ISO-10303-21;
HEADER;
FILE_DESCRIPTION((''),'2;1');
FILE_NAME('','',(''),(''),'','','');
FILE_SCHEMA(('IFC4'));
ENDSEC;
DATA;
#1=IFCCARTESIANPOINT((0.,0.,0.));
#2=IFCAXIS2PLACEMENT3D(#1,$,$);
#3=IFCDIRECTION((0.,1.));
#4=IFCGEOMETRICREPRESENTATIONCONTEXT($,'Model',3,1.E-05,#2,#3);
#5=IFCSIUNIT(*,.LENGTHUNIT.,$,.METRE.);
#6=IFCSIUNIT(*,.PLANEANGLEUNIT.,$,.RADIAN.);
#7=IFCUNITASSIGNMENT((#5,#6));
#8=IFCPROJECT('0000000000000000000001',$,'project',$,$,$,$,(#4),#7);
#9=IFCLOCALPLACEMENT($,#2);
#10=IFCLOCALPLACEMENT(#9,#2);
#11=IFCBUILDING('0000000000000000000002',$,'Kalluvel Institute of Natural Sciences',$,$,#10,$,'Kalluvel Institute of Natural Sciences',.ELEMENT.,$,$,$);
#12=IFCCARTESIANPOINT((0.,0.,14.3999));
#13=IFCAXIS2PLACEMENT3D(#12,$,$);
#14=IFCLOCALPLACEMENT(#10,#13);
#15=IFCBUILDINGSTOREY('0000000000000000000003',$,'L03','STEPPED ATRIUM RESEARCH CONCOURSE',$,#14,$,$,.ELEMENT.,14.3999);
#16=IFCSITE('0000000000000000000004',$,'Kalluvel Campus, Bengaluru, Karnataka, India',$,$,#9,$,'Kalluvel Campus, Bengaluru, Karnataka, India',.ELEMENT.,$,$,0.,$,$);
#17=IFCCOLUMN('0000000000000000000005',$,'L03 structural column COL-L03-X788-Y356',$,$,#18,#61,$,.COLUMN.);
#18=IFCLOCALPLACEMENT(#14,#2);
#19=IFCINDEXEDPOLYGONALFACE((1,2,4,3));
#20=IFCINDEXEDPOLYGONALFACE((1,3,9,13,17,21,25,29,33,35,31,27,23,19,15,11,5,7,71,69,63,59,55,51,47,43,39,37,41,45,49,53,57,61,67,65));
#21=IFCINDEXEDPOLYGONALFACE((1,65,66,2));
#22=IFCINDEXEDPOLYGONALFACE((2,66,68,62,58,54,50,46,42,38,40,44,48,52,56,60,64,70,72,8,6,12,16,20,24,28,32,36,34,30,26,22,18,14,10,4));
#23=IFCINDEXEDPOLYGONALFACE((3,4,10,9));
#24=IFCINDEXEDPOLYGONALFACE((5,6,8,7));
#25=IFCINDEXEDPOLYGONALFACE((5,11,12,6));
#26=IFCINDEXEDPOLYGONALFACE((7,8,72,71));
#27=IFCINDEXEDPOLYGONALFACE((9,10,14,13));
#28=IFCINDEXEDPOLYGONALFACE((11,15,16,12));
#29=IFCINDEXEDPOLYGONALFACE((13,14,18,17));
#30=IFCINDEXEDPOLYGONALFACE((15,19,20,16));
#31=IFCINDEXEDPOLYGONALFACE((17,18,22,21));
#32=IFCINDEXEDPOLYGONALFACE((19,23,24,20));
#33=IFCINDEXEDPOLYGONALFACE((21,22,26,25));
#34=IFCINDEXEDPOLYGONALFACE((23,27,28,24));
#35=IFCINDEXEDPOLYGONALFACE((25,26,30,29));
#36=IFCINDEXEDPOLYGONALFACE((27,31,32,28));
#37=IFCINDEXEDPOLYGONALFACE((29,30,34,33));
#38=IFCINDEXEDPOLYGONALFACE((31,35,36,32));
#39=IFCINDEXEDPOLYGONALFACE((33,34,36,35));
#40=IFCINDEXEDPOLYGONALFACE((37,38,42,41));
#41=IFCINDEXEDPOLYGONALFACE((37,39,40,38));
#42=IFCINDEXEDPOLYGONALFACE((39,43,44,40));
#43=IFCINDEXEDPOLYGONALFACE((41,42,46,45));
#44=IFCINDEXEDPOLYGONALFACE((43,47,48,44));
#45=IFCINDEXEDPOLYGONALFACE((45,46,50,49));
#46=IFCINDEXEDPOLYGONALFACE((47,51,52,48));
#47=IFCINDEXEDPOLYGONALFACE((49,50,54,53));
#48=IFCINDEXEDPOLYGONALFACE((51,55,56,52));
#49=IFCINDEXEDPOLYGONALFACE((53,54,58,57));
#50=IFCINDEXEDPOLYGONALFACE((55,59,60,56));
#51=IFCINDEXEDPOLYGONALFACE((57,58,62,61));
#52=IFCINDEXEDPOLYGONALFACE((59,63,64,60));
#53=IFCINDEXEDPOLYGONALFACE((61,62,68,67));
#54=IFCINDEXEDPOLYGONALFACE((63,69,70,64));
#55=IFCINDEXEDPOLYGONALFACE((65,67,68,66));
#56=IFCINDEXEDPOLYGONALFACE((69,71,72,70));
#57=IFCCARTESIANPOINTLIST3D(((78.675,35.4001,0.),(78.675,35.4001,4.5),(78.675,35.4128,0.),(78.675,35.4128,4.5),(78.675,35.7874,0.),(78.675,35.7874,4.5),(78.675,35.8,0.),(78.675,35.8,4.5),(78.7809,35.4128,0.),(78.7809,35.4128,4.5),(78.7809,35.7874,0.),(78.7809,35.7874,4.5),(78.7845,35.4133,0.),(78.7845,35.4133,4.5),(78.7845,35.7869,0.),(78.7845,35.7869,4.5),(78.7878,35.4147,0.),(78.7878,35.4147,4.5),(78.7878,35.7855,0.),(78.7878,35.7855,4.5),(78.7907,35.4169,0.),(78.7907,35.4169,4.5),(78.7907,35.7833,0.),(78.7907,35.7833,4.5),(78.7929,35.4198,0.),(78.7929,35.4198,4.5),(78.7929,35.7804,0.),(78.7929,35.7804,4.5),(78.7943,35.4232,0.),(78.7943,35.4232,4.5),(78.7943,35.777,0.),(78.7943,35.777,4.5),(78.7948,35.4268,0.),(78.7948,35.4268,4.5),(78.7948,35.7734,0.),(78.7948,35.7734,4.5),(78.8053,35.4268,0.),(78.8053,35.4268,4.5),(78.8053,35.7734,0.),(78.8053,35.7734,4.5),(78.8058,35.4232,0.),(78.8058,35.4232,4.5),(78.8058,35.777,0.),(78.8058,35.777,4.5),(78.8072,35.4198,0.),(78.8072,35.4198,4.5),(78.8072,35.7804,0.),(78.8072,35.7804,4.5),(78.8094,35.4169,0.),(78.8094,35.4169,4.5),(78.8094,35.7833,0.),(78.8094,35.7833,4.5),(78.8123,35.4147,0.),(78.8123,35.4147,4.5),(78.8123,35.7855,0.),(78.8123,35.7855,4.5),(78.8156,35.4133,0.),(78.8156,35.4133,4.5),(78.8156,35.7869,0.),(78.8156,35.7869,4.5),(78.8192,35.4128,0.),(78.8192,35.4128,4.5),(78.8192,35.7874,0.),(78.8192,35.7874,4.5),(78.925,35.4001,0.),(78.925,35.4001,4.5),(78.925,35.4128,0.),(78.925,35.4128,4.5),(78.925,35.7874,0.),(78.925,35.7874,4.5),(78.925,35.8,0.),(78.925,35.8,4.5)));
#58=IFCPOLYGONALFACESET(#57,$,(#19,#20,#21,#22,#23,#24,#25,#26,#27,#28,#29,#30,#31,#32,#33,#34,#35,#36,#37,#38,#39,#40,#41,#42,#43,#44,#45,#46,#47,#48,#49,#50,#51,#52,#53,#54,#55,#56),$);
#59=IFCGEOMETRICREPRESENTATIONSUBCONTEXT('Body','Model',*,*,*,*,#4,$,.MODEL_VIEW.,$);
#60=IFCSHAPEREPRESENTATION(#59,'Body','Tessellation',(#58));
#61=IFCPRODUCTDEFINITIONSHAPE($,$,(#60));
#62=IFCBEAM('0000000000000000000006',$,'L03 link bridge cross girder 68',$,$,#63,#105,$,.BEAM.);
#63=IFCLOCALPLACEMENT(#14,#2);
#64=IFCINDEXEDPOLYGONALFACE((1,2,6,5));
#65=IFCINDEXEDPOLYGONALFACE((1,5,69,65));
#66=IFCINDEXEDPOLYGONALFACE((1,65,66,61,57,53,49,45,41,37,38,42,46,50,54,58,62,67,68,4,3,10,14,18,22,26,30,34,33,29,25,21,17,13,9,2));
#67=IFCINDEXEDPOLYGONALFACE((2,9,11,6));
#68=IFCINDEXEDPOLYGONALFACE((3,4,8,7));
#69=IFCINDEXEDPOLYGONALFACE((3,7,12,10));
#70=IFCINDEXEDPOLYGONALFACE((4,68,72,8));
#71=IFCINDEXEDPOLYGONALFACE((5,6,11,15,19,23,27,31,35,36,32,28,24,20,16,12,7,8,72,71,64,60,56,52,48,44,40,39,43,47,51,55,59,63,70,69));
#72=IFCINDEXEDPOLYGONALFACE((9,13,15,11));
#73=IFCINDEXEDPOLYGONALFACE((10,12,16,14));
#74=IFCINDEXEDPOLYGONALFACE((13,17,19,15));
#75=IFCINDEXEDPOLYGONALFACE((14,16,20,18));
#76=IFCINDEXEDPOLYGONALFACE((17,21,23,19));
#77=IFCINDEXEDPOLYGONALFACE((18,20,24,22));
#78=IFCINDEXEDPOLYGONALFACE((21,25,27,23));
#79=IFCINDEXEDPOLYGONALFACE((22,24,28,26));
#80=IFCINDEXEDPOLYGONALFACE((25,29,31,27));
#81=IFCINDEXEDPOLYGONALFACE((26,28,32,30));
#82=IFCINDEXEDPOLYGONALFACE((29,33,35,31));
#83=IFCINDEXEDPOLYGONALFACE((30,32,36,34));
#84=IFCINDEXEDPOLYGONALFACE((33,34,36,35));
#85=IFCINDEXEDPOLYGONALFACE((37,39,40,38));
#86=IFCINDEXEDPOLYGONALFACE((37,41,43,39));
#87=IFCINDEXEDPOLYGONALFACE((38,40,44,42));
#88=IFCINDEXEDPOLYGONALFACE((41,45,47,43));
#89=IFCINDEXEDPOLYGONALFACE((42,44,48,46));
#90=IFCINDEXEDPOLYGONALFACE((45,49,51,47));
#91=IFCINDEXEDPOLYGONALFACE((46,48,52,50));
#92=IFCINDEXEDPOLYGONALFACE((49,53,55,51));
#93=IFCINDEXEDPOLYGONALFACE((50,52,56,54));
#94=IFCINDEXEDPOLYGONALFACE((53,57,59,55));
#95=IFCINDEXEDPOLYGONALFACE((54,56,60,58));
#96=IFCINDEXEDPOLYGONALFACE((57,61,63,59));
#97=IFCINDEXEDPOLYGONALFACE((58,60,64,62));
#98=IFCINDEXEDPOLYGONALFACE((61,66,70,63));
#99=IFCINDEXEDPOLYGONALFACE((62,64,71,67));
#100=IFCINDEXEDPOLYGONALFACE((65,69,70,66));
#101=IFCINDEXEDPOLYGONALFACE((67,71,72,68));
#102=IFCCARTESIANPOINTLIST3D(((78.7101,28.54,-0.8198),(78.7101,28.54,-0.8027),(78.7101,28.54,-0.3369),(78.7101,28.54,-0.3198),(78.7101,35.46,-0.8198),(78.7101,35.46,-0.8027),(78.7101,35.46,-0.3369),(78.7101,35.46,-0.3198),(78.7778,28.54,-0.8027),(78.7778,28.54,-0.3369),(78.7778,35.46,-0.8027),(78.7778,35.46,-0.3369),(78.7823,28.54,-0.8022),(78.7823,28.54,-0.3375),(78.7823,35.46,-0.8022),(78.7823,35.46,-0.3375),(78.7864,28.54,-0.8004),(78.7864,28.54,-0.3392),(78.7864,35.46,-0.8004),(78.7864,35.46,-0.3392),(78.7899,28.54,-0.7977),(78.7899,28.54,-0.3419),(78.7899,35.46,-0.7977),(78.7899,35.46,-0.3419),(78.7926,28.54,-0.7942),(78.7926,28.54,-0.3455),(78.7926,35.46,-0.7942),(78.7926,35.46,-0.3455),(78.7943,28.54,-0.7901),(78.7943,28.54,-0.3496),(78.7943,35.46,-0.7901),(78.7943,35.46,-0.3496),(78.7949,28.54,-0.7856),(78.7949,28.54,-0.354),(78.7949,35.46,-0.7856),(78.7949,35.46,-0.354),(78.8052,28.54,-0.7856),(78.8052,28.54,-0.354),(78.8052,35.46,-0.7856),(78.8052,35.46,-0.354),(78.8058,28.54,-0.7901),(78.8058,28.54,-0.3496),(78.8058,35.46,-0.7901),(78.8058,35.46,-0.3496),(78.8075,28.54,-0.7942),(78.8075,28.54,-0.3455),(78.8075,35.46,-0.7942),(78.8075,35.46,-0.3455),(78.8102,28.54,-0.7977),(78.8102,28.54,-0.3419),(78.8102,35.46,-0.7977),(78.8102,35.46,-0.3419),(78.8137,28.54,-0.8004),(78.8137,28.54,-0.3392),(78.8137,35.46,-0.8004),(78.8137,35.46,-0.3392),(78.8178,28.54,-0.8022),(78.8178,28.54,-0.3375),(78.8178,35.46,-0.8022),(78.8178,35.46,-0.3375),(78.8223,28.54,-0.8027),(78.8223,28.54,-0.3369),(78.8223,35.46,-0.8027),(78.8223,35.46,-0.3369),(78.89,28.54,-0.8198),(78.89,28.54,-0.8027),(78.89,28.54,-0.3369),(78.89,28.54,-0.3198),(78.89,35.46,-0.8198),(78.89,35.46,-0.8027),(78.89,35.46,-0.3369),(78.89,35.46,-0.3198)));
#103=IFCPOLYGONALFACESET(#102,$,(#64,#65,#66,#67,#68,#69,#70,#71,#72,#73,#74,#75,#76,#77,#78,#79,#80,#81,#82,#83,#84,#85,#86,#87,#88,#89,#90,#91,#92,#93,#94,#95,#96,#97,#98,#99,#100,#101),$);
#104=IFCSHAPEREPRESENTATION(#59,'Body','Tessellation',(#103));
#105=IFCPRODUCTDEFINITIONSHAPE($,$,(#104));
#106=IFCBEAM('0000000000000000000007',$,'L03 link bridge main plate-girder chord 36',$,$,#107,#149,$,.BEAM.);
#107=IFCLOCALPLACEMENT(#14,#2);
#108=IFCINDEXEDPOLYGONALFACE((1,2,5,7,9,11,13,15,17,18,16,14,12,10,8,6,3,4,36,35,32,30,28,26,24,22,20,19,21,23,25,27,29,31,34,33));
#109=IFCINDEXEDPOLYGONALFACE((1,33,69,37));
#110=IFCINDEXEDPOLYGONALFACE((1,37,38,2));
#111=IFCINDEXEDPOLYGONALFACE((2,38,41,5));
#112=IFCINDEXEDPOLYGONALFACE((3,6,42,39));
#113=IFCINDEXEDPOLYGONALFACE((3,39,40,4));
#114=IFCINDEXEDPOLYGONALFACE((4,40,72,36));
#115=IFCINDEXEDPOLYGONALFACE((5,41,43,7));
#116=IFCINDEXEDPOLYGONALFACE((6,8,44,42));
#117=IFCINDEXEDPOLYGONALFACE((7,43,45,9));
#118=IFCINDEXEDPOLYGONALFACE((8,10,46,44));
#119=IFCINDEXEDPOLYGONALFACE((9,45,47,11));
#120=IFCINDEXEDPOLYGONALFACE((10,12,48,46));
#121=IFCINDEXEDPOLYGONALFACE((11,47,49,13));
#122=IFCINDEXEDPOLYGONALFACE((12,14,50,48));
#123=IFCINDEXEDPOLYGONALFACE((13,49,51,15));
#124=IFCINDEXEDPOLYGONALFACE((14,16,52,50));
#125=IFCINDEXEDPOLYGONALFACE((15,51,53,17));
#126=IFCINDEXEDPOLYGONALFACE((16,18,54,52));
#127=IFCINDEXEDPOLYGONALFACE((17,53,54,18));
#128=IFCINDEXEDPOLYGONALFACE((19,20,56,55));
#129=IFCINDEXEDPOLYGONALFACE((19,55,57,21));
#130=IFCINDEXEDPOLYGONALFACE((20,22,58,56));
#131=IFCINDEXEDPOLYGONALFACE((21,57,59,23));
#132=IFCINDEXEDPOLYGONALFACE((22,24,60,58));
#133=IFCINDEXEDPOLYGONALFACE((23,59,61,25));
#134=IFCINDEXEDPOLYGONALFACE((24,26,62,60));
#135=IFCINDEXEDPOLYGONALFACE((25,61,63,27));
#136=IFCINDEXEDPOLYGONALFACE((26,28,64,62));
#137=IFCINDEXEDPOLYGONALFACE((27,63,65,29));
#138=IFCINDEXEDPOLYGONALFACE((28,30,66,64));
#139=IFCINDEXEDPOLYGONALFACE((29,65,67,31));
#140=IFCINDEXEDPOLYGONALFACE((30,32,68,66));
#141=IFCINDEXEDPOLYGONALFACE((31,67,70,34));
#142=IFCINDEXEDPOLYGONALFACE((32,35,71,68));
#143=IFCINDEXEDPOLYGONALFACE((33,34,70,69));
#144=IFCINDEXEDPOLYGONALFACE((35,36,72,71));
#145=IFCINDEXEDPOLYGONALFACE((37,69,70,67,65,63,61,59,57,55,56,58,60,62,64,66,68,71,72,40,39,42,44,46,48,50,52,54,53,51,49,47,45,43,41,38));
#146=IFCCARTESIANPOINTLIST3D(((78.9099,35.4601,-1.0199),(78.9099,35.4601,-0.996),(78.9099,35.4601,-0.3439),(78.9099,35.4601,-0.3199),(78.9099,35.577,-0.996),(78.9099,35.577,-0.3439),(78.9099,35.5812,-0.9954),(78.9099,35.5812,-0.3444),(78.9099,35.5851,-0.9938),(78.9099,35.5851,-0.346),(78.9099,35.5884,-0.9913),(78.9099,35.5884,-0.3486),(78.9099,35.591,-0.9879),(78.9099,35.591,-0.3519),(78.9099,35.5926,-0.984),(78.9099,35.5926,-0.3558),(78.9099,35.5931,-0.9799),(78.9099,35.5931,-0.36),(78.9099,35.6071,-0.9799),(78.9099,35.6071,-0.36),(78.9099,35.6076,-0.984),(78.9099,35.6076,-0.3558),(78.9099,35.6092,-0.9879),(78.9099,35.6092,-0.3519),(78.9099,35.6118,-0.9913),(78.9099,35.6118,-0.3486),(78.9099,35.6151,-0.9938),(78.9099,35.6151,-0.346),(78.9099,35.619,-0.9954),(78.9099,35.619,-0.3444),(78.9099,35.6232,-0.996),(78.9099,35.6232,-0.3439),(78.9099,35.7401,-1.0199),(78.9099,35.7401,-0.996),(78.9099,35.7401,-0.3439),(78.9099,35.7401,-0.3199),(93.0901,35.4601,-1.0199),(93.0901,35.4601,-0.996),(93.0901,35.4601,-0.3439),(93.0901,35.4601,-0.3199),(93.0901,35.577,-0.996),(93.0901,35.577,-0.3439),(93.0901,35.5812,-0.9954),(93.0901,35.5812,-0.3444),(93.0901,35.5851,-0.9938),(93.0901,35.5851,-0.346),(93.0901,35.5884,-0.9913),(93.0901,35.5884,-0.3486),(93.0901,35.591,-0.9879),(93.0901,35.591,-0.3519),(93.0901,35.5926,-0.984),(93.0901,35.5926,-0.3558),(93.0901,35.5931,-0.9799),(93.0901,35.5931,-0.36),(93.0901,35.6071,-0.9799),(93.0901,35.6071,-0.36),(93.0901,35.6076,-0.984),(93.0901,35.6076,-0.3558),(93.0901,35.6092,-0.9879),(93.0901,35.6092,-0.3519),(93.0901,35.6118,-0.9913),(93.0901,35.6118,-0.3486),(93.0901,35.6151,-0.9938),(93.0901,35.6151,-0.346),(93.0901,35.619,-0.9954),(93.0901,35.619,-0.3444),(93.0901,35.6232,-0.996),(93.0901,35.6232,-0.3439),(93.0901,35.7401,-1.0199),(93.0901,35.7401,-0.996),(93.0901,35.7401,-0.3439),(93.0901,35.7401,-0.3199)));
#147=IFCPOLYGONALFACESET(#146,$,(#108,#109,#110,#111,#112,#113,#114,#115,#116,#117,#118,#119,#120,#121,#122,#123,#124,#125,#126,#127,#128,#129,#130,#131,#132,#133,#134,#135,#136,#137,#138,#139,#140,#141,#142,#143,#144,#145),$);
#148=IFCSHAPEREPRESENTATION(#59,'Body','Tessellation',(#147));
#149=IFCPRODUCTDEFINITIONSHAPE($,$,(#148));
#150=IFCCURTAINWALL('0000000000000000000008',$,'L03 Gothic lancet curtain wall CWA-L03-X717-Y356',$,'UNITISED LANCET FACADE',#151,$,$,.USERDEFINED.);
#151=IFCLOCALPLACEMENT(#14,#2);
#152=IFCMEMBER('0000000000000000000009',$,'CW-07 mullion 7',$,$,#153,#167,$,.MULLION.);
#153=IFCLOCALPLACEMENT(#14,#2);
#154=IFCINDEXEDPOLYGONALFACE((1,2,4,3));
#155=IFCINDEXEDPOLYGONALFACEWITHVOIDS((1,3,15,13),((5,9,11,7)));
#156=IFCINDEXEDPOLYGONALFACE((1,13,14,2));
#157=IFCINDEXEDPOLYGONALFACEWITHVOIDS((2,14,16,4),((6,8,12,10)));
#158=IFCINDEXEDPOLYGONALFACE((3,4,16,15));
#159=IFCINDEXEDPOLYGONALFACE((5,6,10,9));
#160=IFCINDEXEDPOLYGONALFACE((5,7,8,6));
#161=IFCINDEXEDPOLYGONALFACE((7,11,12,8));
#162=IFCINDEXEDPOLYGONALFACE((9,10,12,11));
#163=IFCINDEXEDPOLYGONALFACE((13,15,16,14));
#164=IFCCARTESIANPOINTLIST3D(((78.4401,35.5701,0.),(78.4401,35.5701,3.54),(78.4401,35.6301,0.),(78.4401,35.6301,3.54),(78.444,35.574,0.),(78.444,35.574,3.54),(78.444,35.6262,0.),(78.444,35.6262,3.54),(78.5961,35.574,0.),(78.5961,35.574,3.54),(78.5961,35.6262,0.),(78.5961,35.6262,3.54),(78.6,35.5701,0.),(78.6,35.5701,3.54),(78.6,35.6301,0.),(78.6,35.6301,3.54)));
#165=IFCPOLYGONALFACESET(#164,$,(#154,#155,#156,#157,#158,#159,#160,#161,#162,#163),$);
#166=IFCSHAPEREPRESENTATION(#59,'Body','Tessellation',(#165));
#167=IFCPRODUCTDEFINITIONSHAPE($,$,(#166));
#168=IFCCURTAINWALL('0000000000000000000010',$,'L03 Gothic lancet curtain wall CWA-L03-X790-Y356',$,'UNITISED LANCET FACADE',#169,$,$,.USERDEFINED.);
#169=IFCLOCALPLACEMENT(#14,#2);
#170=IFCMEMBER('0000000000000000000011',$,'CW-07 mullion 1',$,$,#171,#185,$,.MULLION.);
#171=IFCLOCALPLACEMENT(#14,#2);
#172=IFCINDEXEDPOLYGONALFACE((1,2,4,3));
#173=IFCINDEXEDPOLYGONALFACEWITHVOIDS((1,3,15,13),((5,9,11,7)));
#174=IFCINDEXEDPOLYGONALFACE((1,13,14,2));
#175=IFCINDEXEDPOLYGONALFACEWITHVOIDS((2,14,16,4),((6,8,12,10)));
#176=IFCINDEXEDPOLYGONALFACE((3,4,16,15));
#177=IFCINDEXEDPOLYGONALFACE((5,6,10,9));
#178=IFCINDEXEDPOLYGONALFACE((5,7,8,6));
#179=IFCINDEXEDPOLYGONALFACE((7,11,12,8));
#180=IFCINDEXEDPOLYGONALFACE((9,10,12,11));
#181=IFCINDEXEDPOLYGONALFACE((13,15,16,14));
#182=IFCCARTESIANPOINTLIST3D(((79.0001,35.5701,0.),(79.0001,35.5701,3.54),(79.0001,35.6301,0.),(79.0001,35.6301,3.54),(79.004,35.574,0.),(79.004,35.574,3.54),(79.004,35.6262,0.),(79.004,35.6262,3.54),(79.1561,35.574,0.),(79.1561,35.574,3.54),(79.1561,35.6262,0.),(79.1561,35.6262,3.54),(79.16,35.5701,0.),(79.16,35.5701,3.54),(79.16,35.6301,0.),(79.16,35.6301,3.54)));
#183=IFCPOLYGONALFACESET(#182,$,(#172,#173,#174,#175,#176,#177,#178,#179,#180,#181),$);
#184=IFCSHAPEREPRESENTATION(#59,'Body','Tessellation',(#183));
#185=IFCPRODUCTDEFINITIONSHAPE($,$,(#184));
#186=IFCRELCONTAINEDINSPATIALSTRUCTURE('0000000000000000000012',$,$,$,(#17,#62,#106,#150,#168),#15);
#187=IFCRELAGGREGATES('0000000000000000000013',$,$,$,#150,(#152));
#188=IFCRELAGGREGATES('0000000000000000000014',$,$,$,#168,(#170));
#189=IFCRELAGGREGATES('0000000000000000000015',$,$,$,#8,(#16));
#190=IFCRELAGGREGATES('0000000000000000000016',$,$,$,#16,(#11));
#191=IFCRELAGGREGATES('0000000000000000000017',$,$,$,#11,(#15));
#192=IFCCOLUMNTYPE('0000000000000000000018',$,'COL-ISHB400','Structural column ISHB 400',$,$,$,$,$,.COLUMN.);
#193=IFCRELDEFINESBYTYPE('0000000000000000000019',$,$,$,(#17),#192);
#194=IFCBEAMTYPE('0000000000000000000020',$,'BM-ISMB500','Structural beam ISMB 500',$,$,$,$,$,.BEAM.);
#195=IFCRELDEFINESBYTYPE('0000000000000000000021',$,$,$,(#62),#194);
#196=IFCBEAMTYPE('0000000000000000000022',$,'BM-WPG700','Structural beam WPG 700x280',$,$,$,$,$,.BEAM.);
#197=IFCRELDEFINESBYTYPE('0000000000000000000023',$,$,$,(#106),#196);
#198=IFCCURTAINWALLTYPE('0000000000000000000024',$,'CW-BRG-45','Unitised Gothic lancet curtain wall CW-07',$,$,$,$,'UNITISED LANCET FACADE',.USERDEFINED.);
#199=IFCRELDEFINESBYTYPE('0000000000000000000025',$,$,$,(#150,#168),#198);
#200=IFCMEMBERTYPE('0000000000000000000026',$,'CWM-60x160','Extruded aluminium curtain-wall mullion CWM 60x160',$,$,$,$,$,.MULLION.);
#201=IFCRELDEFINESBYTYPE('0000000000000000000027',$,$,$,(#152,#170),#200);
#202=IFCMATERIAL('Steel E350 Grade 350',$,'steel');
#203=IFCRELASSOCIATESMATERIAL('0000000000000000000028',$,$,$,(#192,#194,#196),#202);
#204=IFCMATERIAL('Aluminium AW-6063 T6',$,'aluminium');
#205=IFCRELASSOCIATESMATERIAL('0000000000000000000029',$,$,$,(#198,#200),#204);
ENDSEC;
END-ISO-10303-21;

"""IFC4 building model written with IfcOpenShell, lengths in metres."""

from ifc_helpers import new_model, si_unit, direction, frame, origin, origin_2d, place, context, subcontext, project, spatial, hollow_rectangle, i_section, extrude, material, material_profile, profile_set, type_object, element, aggregate, save


model = new_model("IFC4")

# Units and contexts
model_context = context("Model", 3, precision=1e-05, world=origin(), true_north=direction((0.0, 1.0)))
body_context = subcontext(model_context, "Body", "Model", "MODEL_VIEW")
ifc_project = project(units=[si_unit("LENGTHUNIT", "METRE"), si_unit("PLANEANGLEUNIT", "RADIAN")], contexts=[model_context])

# Site, building, storey
site_placement = place(None, origin())
site = spatial("IfcSite", under=ifc_project, at=site_placement, Name="Kalluvel Campus, Bengaluru, Karnataka, India", LongName="Kalluvel Campus, Bengaluru, Karnataka, India", CompositionType="ELEMENT", RefElevation=0.0)
building_placement = place(site_placement, origin())
building = spatial("IfcBuilding", under=site, at=building_placement, Name="Kalluvel Institute of Natural Sciences", LongName="Kalluvel Institute of Natural Sciences", CompositionType="ELEMENT")
storey_placement = place(building_placement, frame((0.0, 0.0, 14.3999)))
storey = spatial("IfcBuildingStorey", under=building, at=storey_placement, Name="L03", Description="STEPPED ATRIUM RESEARCH CONCOURSE", CompositionType="ELEMENT", Elevation=14.3999)

# Column
ifc_material_1 = material(Name="Steel E350 Grade 350", Category="steel")
ifc_material_profile_1 = material_profile(ifc_material_1, i_section(OverallWidth=0.25, OverallDepth=0.3999, WebThickness=0.0105, FlangeThickness=0.0127, FilletRadius=0.0139, at=origin_2d()), Name="ISHB 400")
ifc_profile_set_1 = profile_set([ifc_material_profile_1], Name="Steel E350 Grade 350")
column_type = type_object("IfcColumnType", Name="COL-ISHB400", Description="Structural column ISHB 400", PredefinedType="COLUMN", material=ifc_profile_set_1)
column_placement = place(storey_placement, frame((78.8, 35.6001, 0.0), z_axis=(0.0, 0.0, 1.0), x_axis=(1.0, 0.0, 0.0)))
element("IfcColumn", 1, at=column_placement, inside=storey, type_object=column_type, Name="L03 structural column COL-L03-X788-Y356", PredefinedType="COLUMN", context=body_context, shape_type="SweptSolid", body=[
    extrude(i_section(OverallWidth=0.25, OverallDepth=0.3999, WebThickness=0.0105, FlangeThickness=0.0127, FilletRadius=0.0139, at=origin_2d()), origin(), (0.0, 0.0, 1.0), 4.5),
])

# Beams
ifc_material_profile_2 = material_profile(ifc_material_1, i_section(OverallWidth=0.1799, OverallDepth=0.5, WebThickness=0.0103, FlangeThickness=0.0171, FilletRadius=0.0171, at=origin_2d()), Name="ISMB 500")
ifc_profile_set_2 = profile_set([ifc_material_profile_2], Name="Steel E350 Grade 350")
beam_type_1 = type_object("IfcBeamType", Name="BM-ISMB500", Description="Structural beam ISMB 500", PredefinedType="BEAM", material=ifc_profile_set_2)
beam_1_placement = place(storey_placement, frame((78.8, 28.54, -0.5698), z_axis=(0.0, 1.0, 0.0), x_axis=(-1.0, 0.0, 0.0)))
element("IfcBeam", 2, at=beam_1_placement, inside=storey, type_object=beam_type_1, Name="L03 link bridge cross girder 68", PredefinedType="BEAM", context=body_context, shape_type="SweptSolid", body=[
    extrude(i_section(OverallWidth=0.1799, OverallDepth=0.5, WebThickness=0.0103, FlangeThickness=0.0171, FilletRadius=0.0171, at=origin_2d()), origin(), (0.0, 0.0, 1.0), 6.9199),
])
ifc_material_profile_3 = material_profile(ifc_material_1, i_section(OverallWidth=0.28, OverallDepth=0.7, WebThickness=0.0139, FlangeThickness=0.0239, FilletRadius=0.0161, at=origin_2d()), Name="WPG 700x280")
ifc_profile_set_3 = profile_set([ifc_material_profile_3], Name="Steel E350 Grade 350")
beam_type_2 = type_object("IfcBeamType", Name="BM-WPG700", Description="Structural beam WPG 700x280", PredefinedType="BEAM", material=ifc_profile_set_3)
beam_2_placement = place(storey_placement, frame((78.9099, 35.6001, -0.6699), z_axis=(1.0, 0.0, 0.0), x_axis=(0.0, 1.0, 0.0)))
element("IfcBeam", 3, at=beam_2_placement, inside=storey, type_object=beam_type_2, Name="L03 link bridge main plate-girder chord 36", PredefinedType="BEAM", context=body_context, shape_type="SweptSolid", body=[
    extrude(i_section(OverallWidth=0.28, OverallDepth=0.7, WebThickness=0.0139, FlangeThickness=0.0239, FilletRadius=0.0161, at=origin_2d()), origin(), (0.0, 0.0, 1.0), 14.1802),
])

# Curtain wall, member
ifc_material_2 = material(Name="Aluminium AW-6063 T6", Category="aluminium")
curtain_wall_type = type_object("IfcCurtainWallType", Name="CW-BRG-45", Description="Unitised Gothic lancet curtain wall CW-07", ElementType="UNITISED LANCET FACADE", PredefinedType="USERDEFINED", material=ifc_material_2)
curtain_wall_1_placement = place(storey_placement, origin())
curtain_wall_1 = element("IfcCurtainWall", 4, at=curtain_wall_1_placement, inside=storey, type_object=curtain_wall_type, Name="L03 Gothic lancet curtain wall CWA-L03-X717-Y356", ObjectType="UNITISED LANCET FACADE", PredefinedType="USERDEFINED")
ifc_material_profile_4 = material_profile(ifc_material_2, hollow_rectangle(XDim=0.0601, YDim=0.1599, WallThickness=0.0039, at=origin_2d()), Name="CWM 60x160")
ifc_profile_set_4 = profile_set([ifc_material_profile_4], Name="Aluminium AW-6063 T6")
member_type_1 = type_object("IfcMemberType", Name="CWM-60x160", Description="Extruded aluminium curtain-wall mullion CWM 60x160", PredefinedType="MULLION", material=ifc_profile_set_4)
member_1_placement = place(storey_placement, frame((78.52, 35.6001, 0.0), z_axis=(0.0, 0.0, 1.0), x_axis=(0.0, 1.0, 0.0)))
member_1 = element("IfcMember", 5, at=member_1_placement, type_object=member_type_1, Name="CW-07 mullion 7", PredefinedType="MULLION", context=body_context, shape_type="SweptSolid", body=[
    extrude(hollow_rectangle(XDim=0.0601, YDim=0.1599, WallThickness=0.0039, at=origin_2d()), origin(), (0.0, 0.0, 1.0), 3.54),
])

# Curtain wall, member
curtain_wall_2_placement = place(storey_placement, origin())
curtain_wall_2 = element("IfcCurtainWall", 6, at=curtain_wall_2_placement, inside=storey, type_object=curtain_wall_type, Name="L03 Gothic lancet curtain wall CWA-L03-X790-Y356", ObjectType="UNITISED LANCET FACADE", PredefinedType="USERDEFINED")
member_2_placement = place(storey_placement, frame((79.0801, 35.6001, 0.0), z_axis=(0.0, 0.0, 1.0), x_axis=(0.0, 1.0, 0.0)))
member_2 = element("IfcMember", 7, at=member_2_placement, type_object=member_type_1, Name="CW-07 mullion 1", PredefinedType="MULLION", context=body_context, shape_type="SweptSolid", body=[
    extrude(hollow_rectangle(XDim=0.0601, YDim=0.1599, WallThickness=0.0039, at=origin_2d()), origin(), (0.0, 0.0, 1.0), 3.54),
])

aggregate(curtain_wall_1, [member_1])

aggregate(curtain_wall_2, [member_2])

save(model, "model.ifc")
